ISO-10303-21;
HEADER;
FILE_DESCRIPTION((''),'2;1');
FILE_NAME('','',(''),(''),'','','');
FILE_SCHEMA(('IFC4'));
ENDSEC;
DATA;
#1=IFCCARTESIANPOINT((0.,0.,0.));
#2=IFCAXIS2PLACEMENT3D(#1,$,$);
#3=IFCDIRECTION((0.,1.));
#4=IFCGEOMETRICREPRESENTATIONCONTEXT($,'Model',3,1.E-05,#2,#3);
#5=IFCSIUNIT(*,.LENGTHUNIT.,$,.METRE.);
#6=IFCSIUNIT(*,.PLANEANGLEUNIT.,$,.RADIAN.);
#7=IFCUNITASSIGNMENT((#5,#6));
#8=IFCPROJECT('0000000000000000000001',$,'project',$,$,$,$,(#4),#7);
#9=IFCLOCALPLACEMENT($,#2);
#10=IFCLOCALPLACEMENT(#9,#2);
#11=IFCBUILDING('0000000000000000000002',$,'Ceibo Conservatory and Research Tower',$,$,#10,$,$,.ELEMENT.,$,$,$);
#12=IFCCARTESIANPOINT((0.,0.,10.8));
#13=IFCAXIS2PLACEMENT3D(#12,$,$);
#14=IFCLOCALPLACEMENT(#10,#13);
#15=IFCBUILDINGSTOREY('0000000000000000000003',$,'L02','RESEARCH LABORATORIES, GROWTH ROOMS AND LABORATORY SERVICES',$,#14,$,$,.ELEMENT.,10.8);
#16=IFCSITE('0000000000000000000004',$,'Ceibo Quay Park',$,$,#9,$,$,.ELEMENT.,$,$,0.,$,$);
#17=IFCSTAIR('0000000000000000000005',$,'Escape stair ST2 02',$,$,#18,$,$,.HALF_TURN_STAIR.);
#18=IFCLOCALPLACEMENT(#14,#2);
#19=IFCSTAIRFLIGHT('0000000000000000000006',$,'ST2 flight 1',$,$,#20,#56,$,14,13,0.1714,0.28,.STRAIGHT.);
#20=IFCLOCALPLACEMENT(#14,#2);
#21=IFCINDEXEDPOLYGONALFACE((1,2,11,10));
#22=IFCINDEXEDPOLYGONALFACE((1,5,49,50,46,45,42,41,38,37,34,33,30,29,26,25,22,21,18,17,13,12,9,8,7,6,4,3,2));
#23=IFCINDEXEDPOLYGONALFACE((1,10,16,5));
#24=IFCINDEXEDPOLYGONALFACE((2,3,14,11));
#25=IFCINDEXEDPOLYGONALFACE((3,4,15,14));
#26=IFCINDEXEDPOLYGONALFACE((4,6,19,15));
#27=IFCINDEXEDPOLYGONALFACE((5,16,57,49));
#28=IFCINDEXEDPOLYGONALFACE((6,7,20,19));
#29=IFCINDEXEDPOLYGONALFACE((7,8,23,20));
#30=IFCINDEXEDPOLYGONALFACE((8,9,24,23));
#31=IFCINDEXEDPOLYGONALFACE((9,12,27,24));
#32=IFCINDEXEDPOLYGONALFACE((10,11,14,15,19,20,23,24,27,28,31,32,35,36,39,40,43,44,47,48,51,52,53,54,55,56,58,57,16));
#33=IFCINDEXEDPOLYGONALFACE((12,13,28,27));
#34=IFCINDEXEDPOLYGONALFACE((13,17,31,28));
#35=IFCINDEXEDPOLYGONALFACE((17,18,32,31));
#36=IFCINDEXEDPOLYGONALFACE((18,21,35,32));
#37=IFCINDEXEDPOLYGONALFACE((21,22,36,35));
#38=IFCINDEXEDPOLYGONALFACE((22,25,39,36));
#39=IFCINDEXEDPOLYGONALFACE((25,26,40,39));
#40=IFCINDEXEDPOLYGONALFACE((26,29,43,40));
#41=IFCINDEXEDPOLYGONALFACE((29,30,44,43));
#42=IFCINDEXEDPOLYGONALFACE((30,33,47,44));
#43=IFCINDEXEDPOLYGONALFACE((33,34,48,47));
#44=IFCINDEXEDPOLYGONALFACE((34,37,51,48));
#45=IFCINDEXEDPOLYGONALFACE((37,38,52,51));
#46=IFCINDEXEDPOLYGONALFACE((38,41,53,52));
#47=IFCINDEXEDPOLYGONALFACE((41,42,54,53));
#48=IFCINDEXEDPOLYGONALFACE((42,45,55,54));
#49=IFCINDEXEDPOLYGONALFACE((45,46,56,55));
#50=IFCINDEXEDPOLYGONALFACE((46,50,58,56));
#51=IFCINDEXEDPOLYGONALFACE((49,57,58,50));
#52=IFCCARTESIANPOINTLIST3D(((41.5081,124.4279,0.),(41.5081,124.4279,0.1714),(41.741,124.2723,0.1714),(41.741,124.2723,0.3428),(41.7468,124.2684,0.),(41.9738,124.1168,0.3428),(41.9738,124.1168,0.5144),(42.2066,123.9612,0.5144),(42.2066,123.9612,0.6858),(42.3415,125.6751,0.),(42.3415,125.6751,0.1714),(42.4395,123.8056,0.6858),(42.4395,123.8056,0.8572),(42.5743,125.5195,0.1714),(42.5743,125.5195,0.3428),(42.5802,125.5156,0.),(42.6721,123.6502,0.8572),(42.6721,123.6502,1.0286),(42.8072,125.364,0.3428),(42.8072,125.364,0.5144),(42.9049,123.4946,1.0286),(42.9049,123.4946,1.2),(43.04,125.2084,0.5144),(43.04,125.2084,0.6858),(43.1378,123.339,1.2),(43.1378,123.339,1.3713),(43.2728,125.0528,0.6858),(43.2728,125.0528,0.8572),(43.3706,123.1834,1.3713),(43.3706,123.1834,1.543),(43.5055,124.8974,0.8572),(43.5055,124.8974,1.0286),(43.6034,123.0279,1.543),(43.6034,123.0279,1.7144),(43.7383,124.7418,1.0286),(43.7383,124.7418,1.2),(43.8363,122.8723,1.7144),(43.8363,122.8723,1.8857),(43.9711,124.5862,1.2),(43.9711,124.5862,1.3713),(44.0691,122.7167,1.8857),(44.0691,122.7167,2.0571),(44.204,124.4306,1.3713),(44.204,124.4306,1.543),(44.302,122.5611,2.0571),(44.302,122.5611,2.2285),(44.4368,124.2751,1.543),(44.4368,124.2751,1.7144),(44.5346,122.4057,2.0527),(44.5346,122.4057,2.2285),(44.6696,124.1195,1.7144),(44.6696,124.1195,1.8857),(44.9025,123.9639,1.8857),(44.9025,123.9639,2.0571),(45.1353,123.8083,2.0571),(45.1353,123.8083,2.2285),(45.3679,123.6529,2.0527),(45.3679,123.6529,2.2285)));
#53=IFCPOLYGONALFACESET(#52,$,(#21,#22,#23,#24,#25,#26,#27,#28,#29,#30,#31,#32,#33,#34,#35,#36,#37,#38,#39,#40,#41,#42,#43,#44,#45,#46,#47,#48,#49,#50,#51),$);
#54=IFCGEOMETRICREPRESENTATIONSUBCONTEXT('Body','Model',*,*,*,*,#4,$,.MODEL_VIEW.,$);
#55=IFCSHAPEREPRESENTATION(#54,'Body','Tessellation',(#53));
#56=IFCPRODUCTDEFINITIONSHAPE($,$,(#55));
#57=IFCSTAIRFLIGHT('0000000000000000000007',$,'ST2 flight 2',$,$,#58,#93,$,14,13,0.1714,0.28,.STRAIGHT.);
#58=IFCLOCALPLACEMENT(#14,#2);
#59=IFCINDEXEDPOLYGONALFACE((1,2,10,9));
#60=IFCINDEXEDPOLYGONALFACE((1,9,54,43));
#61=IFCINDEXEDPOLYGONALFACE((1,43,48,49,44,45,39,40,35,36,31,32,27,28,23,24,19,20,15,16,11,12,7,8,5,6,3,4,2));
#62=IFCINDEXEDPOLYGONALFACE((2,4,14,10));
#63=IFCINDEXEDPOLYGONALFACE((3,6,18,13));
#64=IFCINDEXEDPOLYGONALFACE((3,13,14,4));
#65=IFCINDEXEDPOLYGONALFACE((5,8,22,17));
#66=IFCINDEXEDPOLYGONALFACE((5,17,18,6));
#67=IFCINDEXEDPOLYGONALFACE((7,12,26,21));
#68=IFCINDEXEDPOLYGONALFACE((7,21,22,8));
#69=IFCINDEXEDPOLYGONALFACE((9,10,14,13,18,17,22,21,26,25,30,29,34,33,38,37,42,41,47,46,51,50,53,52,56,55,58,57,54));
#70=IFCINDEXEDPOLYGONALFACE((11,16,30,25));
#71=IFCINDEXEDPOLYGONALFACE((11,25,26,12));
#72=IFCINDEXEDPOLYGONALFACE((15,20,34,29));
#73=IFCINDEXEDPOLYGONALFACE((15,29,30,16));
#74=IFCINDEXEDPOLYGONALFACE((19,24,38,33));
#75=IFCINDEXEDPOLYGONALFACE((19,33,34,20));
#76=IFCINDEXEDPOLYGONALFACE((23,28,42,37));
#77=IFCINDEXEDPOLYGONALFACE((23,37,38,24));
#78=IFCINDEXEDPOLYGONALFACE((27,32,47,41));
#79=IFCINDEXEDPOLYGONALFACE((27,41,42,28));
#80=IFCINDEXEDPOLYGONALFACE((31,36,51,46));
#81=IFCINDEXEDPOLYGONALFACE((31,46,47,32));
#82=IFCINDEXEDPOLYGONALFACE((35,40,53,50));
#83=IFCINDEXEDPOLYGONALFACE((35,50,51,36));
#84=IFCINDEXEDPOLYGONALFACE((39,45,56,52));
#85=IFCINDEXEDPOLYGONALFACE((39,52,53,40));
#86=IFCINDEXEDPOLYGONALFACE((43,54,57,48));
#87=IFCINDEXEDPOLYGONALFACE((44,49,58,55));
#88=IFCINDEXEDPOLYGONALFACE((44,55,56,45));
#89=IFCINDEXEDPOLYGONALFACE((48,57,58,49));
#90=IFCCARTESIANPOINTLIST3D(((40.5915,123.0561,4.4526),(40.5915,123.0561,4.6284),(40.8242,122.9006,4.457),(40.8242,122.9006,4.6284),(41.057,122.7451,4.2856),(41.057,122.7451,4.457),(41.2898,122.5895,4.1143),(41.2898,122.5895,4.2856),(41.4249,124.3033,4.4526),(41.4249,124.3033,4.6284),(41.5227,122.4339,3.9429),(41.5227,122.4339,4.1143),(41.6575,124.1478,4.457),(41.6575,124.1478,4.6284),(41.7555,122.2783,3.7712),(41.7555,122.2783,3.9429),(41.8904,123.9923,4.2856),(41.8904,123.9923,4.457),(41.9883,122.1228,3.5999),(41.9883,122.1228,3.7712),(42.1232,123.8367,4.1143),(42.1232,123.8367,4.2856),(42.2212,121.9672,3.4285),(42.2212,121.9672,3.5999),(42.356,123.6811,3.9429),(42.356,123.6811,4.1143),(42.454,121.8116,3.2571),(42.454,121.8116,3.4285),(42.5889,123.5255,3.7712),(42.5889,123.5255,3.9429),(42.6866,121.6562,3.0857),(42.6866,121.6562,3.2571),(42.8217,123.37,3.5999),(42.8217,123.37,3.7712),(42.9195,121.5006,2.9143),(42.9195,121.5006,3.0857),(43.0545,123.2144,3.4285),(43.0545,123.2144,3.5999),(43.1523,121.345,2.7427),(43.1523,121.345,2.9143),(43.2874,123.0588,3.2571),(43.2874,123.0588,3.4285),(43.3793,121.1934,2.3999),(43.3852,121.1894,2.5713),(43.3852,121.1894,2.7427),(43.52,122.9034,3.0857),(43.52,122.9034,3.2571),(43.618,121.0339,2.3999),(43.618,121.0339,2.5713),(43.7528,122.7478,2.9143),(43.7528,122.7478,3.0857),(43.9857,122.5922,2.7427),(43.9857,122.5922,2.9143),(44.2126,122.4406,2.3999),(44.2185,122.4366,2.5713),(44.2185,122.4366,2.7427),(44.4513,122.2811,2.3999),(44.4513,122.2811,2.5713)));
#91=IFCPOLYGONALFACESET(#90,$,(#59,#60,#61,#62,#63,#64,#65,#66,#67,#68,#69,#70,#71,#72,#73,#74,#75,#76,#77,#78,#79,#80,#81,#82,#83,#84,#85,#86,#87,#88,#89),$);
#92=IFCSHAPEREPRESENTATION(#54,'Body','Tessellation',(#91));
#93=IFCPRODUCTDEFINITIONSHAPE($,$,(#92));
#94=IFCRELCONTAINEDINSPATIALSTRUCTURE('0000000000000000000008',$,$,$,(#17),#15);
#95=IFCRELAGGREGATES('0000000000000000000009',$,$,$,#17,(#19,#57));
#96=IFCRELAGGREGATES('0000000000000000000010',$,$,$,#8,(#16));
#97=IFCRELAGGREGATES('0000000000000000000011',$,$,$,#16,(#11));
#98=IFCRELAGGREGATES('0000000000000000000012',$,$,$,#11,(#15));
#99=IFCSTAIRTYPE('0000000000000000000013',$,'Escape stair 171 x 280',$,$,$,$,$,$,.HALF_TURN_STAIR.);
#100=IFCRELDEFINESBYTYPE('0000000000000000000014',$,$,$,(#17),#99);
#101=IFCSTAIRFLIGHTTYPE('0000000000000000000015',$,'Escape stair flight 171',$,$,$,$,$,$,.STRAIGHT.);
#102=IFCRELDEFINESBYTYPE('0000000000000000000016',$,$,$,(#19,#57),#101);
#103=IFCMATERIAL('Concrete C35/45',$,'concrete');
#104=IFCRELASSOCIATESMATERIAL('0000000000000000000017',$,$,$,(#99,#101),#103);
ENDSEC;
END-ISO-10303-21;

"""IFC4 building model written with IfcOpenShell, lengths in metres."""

from ifc_helpers import new_model, si_unit, direction, frame, origin, place, context, subcontext, project, spatial, polyline, outline, extrude, material, type_object, element, aggregate, save


model = new_model("IFC4")

# Units and contexts
model_context = context("Model", 3, precision=1e-05, world=origin(), true_north=direction((0.0, 1.0)))
body_context = subcontext(model_context, "Body", "Model", "MODEL_VIEW")
ifc_project = project(units=[si_unit("LENGTHUNIT", "METRE"), si_unit("PLANEANGLEUNIT", "RADIAN")], contexts=[model_context])

# Site, building, storey
site_placement = place(None, origin())
site = spatial("IfcSite", under=ifc_project, at=site_placement, Name="Ceibo Quay Park", CompositionType="ELEMENT", RefElevation=0.0)
building_placement = place(site_placement, origin())
building = spatial("IfcBuilding", under=site, at=building_placement, Name="Ceibo Conservatory and Research Tower", CompositionType="ELEMENT")
storey_placement = place(building_placement, frame((0.0, 0.0, 10.8)))
storey = spatial("IfcBuildingStorey", under=building, at=storey_placement, Name="L02", Description="RESEARCH LABORATORIES, GROWTH ROOMS AND LABORATORY SERVICES", CompositionType="ELEMENT", Elevation=10.8)

# Shared definitions
ifc_material_1 = material(Name="Concrete C35/45", Category="concrete")

# Stair
stair_type = type_object("IfcStairType", Name="Escape stair 171 x 280", PredefinedType="HALF_TURN_STAIR", material=ifc_material_1)
stair_placement = place(storey_placement, origin())
stair = element("IfcStair", 1, at=stair_placement, inside=storey, type_object=stair_type, Name="Escape stair ST2 02", PredefinedType="HALF_TURN_STAIR")

# Stair flights
stair_flight_type = type_object("IfcStairFlightType", Name="Escape stair flight 171", PredefinedType="STRAIGHT", material=ifc_material_1)
stair_flight_1_placement = place(storey_placement, frame((41.9248, 125.0515, 0.0), z_axis=(0.0, 0.0, 1.0), x_axis=(0.83147, -0.55557, 0.0)))
stair_flight_1 = element("IfcStairFlight", 2, at=stair_flight_1_placement, type_object=stair_flight_type, Name="ST2 flight 1", NumberOfRisers=14, NumberOfTreads=13, PredefinedType="STRAIGHT", RiserHeight=0.1714, TreadLength=0.28, context=body_context, shape_type="SweptSolid", body=[
    extrude(outline(polyline([(0.0, 0.0), (0.0, 0.1714), (0.28, 0.1714), (0.28, 0.3428), (0.5601, 0.3428), (0.5601, 0.5144), (0.8401, 0.5144), (0.8401, 0.6858), (1.1201, 0.6858), (1.1201, 0.8572), (1.3999, 0.8572), (1.3999, 1.0286), (1.6799, 1.0286), (1.6799, 1.2), (1.96, 1.2), (1.96, 1.3713), (2.24, 1.3713), (2.24, 1.543), (2.52, 1.543), (2.52, 1.7144), (2.8, 1.7144), (2.8, 1.8857), (3.0801, 1.8857), (3.0801, 2.0571), (3.3601, 2.0571), (3.3601, 2.2285), (3.6399, 2.2285), (3.6399, 2.3999), (3.6399, 2.0527), (0.2871, 0.0), (0.0, 0.0)])), frame((0.0, 0.75, 0.0), z_axis=(0.0, -1.0, 0.0), x_axis=(1.0, 0.0, 0.0)), (0.0, 0.0, 1.0), 1.5),
])
stair_flight_2_placement = place(storey_placement, frame((44.0347, 121.6575, 2.3999), z_axis=(0.0, 0.0, 1.0), x_axis=(-0.83147, 0.55557, 0.0)))
stair_flight_2 = element("IfcStairFlight", 3, at=stair_flight_2_placement, type_object=stair_flight_type, Name="ST2 flight 2", NumberOfRisers=14, NumberOfTreads=13, PredefinedType="STRAIGHT", RiserHeight=0.1714, TreadLength=0.28, context=body_context, shape_type="SweptSolid", body=[
    extrude(outline(polyline([(0.0, 0.0), (0.0, 0.1714), (0.28, 0.1714), (0.28, 0.3428), (0.5601, 0.3428), (0.5601, 0.5144), (0.8401, 0.5144), (0.8401, 0.6858), (1.1201, 0.6858), (1.1201, 0.8572), (1.3999, 0.8572), (1.3999, 1.0286), (1.6799, 1.0286), (1.6799, 1.2), (1.96, 1.2), (1.96, 1.3713), (2.24, 1.3713), (2.24, 1.543), (2.52, 1.543), (2.52, 1.7144), (2.8, 1.7144), (2.8, 1.8857), (3.0801, 1.8857), (3.0801, 2.0571), (3.3601, 2.0571), (3.3601, 2.2285), (3.6399, 2.2285), (3.6399, 2.3999), (3.6399, 2.0527), (0.2871, 0.0), (0.0, 0.0)])), frame((0.0, 0.75, 0.0), z_axis=(0.0, -1.0, 0.0), x_axis=(1.0, 0.0, 0.0)), (0.0, 0.0, 1.0), 1.5),
])
aggregate(stair, [stair_flight_1, stair_flight_2])

save(model, "model.ifc")
